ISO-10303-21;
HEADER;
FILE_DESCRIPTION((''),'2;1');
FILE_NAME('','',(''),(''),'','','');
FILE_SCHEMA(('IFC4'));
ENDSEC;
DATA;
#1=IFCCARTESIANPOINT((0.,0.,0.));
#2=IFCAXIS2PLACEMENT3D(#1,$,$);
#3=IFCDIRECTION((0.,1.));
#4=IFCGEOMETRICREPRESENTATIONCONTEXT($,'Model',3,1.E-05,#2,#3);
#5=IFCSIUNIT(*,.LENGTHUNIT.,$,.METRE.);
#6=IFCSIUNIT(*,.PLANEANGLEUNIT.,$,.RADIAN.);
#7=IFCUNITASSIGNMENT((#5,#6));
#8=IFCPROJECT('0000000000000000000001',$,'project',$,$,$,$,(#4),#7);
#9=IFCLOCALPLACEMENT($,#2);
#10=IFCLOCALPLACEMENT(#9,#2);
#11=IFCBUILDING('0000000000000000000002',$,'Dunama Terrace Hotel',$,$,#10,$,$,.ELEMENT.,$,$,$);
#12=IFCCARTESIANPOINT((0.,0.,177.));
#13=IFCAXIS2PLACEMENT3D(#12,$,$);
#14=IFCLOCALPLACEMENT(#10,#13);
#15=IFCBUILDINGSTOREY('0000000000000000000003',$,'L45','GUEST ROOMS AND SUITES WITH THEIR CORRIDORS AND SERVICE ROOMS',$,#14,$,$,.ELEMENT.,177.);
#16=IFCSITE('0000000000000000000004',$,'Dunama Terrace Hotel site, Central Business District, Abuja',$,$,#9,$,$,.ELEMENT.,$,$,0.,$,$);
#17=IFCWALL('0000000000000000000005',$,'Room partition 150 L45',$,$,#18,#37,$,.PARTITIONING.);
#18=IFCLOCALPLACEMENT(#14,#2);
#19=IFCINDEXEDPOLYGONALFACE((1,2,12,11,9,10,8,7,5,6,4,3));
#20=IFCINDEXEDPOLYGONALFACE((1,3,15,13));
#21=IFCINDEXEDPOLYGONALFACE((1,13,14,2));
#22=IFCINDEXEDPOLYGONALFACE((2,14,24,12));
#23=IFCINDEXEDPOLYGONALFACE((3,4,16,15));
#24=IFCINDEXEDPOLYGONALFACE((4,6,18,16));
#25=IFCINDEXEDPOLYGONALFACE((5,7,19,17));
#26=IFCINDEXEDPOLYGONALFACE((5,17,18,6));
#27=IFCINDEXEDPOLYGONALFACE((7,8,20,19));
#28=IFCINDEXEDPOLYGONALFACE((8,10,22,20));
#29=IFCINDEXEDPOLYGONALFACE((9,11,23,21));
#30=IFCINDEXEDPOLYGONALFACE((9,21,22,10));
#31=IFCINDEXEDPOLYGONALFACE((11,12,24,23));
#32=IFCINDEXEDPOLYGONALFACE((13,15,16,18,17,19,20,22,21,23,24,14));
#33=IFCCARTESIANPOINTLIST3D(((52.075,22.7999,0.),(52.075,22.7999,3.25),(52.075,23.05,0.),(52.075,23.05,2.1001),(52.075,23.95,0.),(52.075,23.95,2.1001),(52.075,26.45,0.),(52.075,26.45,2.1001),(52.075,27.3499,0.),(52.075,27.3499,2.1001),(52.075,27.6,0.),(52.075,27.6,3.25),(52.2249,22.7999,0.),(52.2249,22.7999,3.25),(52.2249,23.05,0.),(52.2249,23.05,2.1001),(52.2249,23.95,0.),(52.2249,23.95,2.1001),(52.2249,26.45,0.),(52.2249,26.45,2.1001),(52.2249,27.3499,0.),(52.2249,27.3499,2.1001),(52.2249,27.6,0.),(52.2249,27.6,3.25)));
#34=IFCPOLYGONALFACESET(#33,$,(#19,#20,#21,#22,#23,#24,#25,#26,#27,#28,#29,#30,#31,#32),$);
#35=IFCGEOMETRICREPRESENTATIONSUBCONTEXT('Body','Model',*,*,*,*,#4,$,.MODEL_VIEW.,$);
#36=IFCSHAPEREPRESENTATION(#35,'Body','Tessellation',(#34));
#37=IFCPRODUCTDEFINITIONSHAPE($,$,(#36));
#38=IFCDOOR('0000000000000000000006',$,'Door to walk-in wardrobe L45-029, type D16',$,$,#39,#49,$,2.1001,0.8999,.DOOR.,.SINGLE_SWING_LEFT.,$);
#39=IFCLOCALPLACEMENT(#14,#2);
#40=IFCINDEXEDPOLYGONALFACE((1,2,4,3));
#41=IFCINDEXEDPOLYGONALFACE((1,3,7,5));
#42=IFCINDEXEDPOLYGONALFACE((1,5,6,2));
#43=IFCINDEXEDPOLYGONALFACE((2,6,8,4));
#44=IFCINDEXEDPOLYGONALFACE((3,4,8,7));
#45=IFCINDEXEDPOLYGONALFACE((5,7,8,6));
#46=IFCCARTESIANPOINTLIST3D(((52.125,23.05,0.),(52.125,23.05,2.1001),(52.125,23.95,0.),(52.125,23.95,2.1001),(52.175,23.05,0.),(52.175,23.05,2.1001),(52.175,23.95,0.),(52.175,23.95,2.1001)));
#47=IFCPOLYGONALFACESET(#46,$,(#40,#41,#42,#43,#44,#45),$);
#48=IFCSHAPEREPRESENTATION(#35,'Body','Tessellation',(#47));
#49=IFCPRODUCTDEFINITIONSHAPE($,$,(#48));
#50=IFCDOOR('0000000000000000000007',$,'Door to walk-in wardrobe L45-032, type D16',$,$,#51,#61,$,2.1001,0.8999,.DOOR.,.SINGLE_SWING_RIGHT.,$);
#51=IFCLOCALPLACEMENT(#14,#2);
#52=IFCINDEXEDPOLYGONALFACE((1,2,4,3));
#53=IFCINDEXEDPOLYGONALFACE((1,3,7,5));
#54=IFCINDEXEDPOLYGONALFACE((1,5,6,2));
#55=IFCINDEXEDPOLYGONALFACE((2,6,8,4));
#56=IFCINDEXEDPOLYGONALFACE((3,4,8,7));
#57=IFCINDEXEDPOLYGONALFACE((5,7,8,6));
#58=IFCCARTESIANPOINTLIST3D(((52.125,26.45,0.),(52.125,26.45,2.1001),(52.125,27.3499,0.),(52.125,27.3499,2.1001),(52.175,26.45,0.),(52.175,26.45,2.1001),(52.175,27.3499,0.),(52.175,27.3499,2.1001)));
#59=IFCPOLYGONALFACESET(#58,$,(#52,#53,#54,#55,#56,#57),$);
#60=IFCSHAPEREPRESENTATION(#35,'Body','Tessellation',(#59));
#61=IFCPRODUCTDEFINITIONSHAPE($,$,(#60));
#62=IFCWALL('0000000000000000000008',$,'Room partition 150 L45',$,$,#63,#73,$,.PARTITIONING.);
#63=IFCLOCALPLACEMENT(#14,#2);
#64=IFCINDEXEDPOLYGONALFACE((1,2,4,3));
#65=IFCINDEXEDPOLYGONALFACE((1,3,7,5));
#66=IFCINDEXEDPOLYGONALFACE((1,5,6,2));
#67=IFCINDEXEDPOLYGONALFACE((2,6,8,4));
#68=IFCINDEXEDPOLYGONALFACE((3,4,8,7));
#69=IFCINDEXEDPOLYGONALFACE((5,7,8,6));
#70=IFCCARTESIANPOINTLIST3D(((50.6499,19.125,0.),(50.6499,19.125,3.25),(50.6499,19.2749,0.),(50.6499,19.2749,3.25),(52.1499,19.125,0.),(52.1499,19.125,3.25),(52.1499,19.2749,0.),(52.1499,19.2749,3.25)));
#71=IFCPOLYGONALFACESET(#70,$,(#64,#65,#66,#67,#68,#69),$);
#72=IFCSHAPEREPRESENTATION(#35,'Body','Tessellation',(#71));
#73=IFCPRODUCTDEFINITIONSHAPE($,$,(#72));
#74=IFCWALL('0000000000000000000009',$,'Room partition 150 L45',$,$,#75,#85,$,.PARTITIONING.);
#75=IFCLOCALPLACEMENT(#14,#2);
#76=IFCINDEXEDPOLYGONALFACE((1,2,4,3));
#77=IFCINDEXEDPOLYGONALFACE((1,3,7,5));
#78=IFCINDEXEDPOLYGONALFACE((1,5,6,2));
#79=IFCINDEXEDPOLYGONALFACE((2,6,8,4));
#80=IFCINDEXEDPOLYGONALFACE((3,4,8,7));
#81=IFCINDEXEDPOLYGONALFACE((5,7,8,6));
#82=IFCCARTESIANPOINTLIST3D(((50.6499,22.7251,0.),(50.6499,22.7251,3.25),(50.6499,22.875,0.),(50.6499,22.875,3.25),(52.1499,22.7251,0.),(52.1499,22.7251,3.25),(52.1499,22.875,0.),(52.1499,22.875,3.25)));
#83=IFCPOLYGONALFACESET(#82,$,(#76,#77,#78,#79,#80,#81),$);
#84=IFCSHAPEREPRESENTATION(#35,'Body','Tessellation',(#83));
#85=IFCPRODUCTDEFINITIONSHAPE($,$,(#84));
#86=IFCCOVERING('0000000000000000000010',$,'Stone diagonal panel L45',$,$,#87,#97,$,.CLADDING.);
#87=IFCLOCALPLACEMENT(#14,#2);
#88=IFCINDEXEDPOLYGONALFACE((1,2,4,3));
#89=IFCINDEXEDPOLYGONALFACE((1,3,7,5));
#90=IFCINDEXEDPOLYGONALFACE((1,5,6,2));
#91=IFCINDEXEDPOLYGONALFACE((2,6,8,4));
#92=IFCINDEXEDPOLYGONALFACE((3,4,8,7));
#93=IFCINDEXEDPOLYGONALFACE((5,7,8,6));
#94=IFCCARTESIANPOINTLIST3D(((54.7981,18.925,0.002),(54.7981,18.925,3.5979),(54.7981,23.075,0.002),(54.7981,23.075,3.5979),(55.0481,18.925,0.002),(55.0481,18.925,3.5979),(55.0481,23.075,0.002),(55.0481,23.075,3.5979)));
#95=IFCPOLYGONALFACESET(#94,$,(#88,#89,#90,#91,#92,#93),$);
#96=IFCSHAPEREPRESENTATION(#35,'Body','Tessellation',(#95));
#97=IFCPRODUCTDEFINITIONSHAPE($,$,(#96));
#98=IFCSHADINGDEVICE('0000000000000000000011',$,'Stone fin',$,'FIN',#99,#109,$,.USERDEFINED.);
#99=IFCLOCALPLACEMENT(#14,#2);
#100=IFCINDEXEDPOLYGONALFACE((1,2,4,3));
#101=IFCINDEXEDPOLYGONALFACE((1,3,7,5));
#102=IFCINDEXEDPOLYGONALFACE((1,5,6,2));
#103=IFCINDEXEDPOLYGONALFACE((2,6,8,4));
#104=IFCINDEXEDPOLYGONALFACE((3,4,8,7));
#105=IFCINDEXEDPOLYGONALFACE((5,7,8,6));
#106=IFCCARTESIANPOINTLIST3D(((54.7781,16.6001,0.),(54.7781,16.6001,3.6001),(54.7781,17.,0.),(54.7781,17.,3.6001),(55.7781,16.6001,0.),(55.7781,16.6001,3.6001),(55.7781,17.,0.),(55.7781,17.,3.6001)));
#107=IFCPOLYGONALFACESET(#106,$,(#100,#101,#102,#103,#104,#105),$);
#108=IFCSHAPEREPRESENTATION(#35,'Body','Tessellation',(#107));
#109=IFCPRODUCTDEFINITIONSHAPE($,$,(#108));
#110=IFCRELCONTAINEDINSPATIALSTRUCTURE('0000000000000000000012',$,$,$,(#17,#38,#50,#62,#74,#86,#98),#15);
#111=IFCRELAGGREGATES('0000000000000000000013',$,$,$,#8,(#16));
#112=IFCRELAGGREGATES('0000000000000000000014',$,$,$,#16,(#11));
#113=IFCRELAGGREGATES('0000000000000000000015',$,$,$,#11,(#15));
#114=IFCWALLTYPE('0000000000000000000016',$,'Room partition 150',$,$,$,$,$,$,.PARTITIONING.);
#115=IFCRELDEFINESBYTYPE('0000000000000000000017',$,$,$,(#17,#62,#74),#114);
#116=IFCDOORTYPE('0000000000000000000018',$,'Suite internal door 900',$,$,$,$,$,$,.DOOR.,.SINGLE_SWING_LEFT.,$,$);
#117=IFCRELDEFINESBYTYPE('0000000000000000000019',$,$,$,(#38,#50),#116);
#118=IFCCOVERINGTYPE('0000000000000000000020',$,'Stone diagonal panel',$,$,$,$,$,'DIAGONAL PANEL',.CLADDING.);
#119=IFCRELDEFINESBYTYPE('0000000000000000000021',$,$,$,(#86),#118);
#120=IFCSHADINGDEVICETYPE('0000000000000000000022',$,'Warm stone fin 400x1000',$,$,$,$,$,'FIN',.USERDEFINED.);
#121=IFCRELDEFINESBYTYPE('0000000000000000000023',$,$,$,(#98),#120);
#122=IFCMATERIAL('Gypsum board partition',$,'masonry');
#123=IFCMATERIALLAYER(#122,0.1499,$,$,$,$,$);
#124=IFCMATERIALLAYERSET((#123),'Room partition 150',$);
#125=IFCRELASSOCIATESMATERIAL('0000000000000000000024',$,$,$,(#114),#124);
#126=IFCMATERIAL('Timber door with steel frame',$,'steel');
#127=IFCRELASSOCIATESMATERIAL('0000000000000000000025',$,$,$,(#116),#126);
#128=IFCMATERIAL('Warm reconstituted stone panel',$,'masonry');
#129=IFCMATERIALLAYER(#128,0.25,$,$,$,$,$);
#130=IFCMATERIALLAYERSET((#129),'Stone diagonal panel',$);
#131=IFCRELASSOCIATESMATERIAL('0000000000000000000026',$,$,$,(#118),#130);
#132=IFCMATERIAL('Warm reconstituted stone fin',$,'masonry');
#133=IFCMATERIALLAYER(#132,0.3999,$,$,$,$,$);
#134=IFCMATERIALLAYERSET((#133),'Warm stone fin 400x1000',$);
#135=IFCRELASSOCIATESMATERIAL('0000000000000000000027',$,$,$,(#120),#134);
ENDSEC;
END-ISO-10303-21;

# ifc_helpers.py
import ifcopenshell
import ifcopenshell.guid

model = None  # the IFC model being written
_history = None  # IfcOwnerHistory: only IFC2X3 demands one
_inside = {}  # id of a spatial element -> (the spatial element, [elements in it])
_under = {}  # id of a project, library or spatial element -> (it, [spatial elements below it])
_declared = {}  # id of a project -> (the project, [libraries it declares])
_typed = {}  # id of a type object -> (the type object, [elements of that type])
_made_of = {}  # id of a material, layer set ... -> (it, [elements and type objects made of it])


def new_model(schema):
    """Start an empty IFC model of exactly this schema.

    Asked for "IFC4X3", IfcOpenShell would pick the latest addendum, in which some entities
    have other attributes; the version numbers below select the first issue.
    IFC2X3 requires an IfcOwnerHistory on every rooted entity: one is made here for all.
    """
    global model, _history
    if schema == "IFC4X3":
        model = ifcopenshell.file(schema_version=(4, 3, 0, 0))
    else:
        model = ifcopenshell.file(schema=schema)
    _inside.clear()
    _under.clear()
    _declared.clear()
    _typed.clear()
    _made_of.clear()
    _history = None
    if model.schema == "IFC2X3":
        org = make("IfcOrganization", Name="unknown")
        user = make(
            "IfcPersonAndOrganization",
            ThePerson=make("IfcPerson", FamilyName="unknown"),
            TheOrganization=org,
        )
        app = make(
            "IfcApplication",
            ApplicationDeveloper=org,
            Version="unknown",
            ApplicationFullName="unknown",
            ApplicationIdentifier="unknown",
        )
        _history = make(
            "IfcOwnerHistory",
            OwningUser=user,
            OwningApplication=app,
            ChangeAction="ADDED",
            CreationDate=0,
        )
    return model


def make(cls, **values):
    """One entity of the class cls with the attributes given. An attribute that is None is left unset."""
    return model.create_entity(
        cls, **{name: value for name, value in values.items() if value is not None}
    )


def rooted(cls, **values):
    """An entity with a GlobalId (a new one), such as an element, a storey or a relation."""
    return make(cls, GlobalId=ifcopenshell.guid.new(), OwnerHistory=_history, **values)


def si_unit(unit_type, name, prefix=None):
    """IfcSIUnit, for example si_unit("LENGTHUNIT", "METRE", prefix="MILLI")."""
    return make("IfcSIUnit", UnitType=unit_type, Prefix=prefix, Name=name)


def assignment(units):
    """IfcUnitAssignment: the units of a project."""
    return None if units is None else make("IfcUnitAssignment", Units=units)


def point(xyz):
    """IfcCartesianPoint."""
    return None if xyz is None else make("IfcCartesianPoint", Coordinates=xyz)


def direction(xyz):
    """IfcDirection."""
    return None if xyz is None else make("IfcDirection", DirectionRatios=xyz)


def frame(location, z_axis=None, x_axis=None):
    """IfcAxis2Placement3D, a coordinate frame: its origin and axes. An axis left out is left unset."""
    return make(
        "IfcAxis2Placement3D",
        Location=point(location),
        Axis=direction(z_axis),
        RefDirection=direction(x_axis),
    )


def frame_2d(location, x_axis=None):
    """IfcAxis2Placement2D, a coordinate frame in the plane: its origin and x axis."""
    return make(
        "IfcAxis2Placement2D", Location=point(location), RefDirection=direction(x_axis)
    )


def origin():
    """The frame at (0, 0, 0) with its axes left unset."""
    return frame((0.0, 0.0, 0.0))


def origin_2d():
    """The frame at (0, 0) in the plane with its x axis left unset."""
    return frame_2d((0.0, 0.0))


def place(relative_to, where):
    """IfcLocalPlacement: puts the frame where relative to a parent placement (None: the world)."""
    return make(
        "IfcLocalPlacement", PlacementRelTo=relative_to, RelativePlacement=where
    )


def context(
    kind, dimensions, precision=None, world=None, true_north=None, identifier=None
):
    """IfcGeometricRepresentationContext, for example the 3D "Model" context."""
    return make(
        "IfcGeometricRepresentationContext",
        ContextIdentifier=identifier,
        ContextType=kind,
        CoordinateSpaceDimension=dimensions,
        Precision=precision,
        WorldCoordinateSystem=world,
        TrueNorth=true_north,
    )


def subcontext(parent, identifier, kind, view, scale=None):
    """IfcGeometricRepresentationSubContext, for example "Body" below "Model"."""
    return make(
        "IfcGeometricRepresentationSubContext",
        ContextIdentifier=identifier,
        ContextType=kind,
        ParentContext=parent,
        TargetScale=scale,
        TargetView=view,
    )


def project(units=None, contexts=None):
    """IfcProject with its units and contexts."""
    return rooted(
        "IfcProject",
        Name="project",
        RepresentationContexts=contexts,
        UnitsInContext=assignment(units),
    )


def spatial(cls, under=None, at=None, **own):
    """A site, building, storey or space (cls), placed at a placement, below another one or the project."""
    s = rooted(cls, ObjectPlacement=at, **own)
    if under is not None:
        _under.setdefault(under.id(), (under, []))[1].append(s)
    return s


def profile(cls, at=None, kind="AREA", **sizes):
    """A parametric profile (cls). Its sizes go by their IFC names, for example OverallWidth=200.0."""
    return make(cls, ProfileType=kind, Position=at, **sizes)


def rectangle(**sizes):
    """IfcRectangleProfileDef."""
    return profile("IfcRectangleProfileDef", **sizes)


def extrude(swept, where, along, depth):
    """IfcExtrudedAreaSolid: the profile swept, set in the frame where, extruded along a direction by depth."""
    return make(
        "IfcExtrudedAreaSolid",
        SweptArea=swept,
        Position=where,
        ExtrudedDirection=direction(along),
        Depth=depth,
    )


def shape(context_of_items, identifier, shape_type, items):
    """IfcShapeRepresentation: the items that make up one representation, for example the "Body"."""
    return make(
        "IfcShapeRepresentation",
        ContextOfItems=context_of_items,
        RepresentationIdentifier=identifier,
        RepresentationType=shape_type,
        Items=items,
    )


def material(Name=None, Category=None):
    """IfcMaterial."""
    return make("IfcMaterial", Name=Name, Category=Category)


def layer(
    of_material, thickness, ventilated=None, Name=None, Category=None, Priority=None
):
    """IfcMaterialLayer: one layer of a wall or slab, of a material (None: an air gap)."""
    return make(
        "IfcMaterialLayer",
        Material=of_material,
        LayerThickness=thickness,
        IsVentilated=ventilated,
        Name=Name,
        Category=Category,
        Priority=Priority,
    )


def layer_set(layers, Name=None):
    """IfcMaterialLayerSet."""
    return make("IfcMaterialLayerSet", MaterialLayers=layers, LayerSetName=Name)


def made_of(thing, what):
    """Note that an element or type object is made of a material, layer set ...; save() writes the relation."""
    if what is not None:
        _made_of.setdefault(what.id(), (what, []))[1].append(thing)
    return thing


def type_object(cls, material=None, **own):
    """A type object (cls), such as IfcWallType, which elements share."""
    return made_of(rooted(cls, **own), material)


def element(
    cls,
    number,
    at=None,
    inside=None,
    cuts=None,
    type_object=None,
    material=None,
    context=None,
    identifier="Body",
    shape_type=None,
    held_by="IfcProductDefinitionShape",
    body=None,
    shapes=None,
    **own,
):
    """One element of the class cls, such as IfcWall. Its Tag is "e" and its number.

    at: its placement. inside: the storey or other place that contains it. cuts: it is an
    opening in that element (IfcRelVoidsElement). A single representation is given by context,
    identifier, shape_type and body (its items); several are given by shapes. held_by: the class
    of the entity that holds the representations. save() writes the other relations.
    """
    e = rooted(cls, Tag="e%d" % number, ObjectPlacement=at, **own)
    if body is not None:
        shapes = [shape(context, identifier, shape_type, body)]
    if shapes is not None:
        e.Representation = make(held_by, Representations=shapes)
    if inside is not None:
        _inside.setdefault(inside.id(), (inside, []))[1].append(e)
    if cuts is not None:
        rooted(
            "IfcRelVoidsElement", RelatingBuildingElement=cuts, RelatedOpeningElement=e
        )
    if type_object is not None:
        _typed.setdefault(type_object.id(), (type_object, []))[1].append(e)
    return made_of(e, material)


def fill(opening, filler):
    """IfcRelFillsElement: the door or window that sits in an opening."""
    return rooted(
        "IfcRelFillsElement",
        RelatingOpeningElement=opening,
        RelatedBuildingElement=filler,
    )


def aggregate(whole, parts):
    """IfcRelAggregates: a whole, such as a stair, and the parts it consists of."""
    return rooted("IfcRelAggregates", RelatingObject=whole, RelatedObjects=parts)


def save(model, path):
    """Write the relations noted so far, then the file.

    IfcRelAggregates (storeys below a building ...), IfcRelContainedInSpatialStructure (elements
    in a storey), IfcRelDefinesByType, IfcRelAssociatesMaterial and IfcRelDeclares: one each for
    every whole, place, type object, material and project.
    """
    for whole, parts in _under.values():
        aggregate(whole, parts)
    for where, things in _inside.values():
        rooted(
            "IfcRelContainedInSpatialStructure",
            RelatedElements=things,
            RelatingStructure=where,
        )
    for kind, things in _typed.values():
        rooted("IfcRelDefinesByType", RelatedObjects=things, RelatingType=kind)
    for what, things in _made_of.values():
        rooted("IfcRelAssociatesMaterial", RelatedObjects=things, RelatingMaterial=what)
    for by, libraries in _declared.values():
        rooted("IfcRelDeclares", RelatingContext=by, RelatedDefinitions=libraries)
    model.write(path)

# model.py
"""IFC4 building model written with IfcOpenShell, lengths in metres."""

from ifc_helpers import new_model, si_unit, direction, frame, frame_2d, origin, origin_2d, place, context, subcontext, project, spatial, rectangle, extrude, material, layer, layer_set, type_object, element, fill, save


model = new_model("IFC4")

# Units and contexts
model_context = context("Model", 3, precision=1e-05, world=origin(), true_north=direction((0.0, 1.0)))
body_context = subcontext(model_context, "Body", "Model", "MODEL_VIEW")
ifc_project = project(units=[si_unit("LENGTHUNIT", "METRE"), si_unit("PLANEANGLEUNIT", "RADIAN")], contexts=[model_context])

# Site, building, storey
site_placement = place(None, origin())
site = spatial("IfcSite", under=ifc_project, at=site_placement, Name="Dunama Terrace Hotel site, Central Business District, Abuja", CompositionType="ELEMENT", RefElevation=0.0)
building_placement = place(site_placement, origin())
building = spatial("IfcBuilding", under=site, at=building_placement, Name="Dunama Terrace Hotel", CompositionType="ELEMENT")
storey_placement = place(building_placement, frame((0.0, 0.0, 177.0)))
storey = spatial("IfcBuildingStorey", under=building, at=storey_placement, Name="L45", Description="GUEST ROOMS AND SUITES WITH THEIR CORRIDORS AND SERVICE ROOMS", CompositionType="ELEMENT", Elevation=177.0)

# Shared definitions
ifc_material_1 = material(Name="Gypsum board partition", Category="masonry")
ifc_layer_1 = layer(ifc_material_1, 0.1499)
ifc_layer_set_1 = layer_set([ifc_layer_1], Name="Room partition 150")
wall_type_1 = type_object("IfcWallType", Name="Room partition 150", PredefinedType="PARTITIONING", material=ifc_layer_set_1)

# Shared definitions
ifc_material_2 = material(Name="Timber door with steel frame", Category="steel")
door_type_1 = type_object("IfcDoorType", Name="Suite internal door 900", OperationType="SINGLE_SWING_LEFT", PredefinedType="DOOR", material=ifc_material_2)

# Wall, openings, doors
wall_1_placement = place(storey_placement, frame((52.1499, 22.8, 0.0), z_axis=(0.0, 0.0, 1.0), x_axis=(0.0, 1.0, 0.0)))
wall_1 = element("IfcWall", 1, at=wall_1_placement, inside=storey, type_object=wall_type_1, Name="Room partition 150 L45", PredefinedType="PARTITIONING", context=body_context, shape_type="SweptSolid", body=[
    extrude(rectangle(XDim=4.8, YDim=0.1499, at=frame_2d((2.3999, 0.0))), origin(), (0.0, 0.0, 1.0), 3.25),
])
opening_1_placement = place(wall_1_placement, frame((0.25, 0.0, 0.0)))
opening_1 = element("IfcOpeningElement", 2, at=opening_1_placement, cuts=wall_1, PredefinedType="OPENING", context=body_context, shape_type="SweptSolid", body=[
    extrude(rectangle(XDim=0.8999, YDim=2.1001, at=frame_2d((0.45, 1.05))), frame((0.0, 0.085, 0.0), z_axis=(0.0, -1.0, 0.0), x_axis=(1.0, 0.0, 0.0)), (0.0, 0.0, 1.0), 0.1699),
])
opening_2_placement = place(wall_1_placement, frame((3.6499, 0.0, 0.0)))
opening_2 = element("IfcOpeningElement", 3, at=opening_2_placement, cuts=wall_1, PredefinedType="OPENING", context=body_context, shape_type="SweptSolid", body=[
    extrude(rectangle(XDim=0.8999, YDim=2.1001, at=frame_2d((0.45, 1.05))), frame((0.0, 0.085, 0.0), z_axis=(0.0, -1.0, 0.0), x_axis=(1.0, 0.0, 0.0)), (0.0, 0.0, 1.0), 0.1699),
])
door_1_placement = place(opening_1_placement, origin())
door_1 = element("IfcDoor", 4, at=door_1_placement, inside=storey, type_object=door_type_1, Name="Door to walk-in wardrobe L45-029, type D16", OperationType="SINGLE_SWING_LEFT", OverallHeight=2.1001, OverallWidth=0.8999, PredefinedType="DOOR", context=body_context, shape_type="SweptSolid", body=[
    extrude(rectangle(XDim=0.8999, YDim=2.1001, at=frame_2d((0.45, 1.05))), frame((0.0, 0.0249, 0.0), z_axis=(0.0, -1.0, 0.0), x_axis=(1.0, 0.0, 0.0)), (0.0, 0.0, 1.0), 0.05),
])
fill(opening_1, door_1)
door_2_placement = place(opening_2_placement, origin())
door_2 = element("IfcDoor", 5, at=door_2_placement, inside=storey, type_object=door_type_1, Name="Door to walk-in wardrobe L45-032, type D16", OperationType="SINGLE_SWING_RIGHT", OverallHeight=2.1001, OverallWidth=0.8999, PredefinedType="DOOR", context=body_context, shape_type="SweptSolid", body=[
    extrude(rectangle(XDim=0.8999, YDim=2.1001, at=frame_2d((0.45, 1.05))), frame((0.0, 0.0249, 0.0), z_axis=(0.0, -1.0, 0.0), x_axis=(1.0, 0.0, 0.0)), (0.0, 0.0, 1.0), 0.05),
])
fill(opening_2, door_2)

# Walls
for number, where, z_axis, x_axis, name in (
    (6, (50.6499, 19.2, 0.0), (0.0, 0.0, 1.0), (1.0, 0.0, 0.0), "Room partition 150 L45"),
    (7, (50.6499, 22.8, 0.0), (0.0, 0.0, 1.0), (1.0, 0.0, 0.0), "Room partition 150 L45"),
):
    element("IfcWall", number, at=place(storey_placement, frame(where, z_axis=z_axis, x_axis=x_axis)), inside=storey, type_object=wall_type_1, Name=name, PredefinedType="PARTITIONING", context=body_context, shape_type="SweptSolid", body=[
        extrude(rectangle(XDim=1.5, YDim=0.1499, at=frame_2d((0.75, 0.0))), origin(), (0.0, 0.0, 1.0), 3.25),
    ])

# Covering
ifc_material_3 = material(Name="Warm reconstituted stone panel", Category="masonry")
ifc_layer_2 = layer(ifc_material_3, 0.25)
ifc_layer_set_2 = layer_set([ifc_layer_2], Name="Stone diagonal panel")
covering_type = type_object("IfcCoveringType", Name="Stone diagonal panel", ElementType="DIAGONAL PANEL", PredefinedType="CLADDING", material=ifc_layer_set_2)
covering_placement = place(storey_placement, frame((54.9231, 21.0, 0.002), z_axis=(0.0, 0.0, 1.0), x_axis=(0.0, 1.0, 0.0)))
element("IfcCovering", 8, at=covering_placement, inside=storey, type_object=covering_type, Name="Stone diagonal panel L45", PredefinedType="CLADDING", context=body_context, shape_type="SweptSolid", body=[
    extrude(rectangle(XDim=4.1499, YDim=0.25, at=origin_2d()), origin(), (0.0, 0.0, 1.0), 3.5959),
])

# Shading device
ifc_material_4 = material(Name="Warm reconstituted stone fin", Category="masonry")
ifc_layer_3 = layer(ifc_material_4, 0.3999)
ifc_layer_set_3 = layer_set([ifc_layer_3], Name="Warm stone fin 400x1000")
shading_device_type = type_object("IfcShadingDeviceType", Name="Warm stone fin 400x1000", ElementType="FIN", PredefinedType="USERDEFINED", material=ifc_layer_set_3)
shading_device_placement = place(storey_placement, frame((55.2781, 16.8, 0.0), z_axis=(0.0, 0.0, 1.0), x_axis=(0.0, 1.0, 0.0)))
element("IfcShadingDevice", 9, at=shading_device_placement, inside=storey, type_object=shading_device_type, Name="Stone fin", ObjectType="FIN", PredefinedType="USERDEFINED", context=body_context, shape_type="SweptSolid", body=[
    extrude(rectangle(XDim=0.3999, YDim=1.0, at=origin_2d()), origin(), (0.0, 0.0, 1.0), 3.6001),
])

save(model, "model.ifc")
